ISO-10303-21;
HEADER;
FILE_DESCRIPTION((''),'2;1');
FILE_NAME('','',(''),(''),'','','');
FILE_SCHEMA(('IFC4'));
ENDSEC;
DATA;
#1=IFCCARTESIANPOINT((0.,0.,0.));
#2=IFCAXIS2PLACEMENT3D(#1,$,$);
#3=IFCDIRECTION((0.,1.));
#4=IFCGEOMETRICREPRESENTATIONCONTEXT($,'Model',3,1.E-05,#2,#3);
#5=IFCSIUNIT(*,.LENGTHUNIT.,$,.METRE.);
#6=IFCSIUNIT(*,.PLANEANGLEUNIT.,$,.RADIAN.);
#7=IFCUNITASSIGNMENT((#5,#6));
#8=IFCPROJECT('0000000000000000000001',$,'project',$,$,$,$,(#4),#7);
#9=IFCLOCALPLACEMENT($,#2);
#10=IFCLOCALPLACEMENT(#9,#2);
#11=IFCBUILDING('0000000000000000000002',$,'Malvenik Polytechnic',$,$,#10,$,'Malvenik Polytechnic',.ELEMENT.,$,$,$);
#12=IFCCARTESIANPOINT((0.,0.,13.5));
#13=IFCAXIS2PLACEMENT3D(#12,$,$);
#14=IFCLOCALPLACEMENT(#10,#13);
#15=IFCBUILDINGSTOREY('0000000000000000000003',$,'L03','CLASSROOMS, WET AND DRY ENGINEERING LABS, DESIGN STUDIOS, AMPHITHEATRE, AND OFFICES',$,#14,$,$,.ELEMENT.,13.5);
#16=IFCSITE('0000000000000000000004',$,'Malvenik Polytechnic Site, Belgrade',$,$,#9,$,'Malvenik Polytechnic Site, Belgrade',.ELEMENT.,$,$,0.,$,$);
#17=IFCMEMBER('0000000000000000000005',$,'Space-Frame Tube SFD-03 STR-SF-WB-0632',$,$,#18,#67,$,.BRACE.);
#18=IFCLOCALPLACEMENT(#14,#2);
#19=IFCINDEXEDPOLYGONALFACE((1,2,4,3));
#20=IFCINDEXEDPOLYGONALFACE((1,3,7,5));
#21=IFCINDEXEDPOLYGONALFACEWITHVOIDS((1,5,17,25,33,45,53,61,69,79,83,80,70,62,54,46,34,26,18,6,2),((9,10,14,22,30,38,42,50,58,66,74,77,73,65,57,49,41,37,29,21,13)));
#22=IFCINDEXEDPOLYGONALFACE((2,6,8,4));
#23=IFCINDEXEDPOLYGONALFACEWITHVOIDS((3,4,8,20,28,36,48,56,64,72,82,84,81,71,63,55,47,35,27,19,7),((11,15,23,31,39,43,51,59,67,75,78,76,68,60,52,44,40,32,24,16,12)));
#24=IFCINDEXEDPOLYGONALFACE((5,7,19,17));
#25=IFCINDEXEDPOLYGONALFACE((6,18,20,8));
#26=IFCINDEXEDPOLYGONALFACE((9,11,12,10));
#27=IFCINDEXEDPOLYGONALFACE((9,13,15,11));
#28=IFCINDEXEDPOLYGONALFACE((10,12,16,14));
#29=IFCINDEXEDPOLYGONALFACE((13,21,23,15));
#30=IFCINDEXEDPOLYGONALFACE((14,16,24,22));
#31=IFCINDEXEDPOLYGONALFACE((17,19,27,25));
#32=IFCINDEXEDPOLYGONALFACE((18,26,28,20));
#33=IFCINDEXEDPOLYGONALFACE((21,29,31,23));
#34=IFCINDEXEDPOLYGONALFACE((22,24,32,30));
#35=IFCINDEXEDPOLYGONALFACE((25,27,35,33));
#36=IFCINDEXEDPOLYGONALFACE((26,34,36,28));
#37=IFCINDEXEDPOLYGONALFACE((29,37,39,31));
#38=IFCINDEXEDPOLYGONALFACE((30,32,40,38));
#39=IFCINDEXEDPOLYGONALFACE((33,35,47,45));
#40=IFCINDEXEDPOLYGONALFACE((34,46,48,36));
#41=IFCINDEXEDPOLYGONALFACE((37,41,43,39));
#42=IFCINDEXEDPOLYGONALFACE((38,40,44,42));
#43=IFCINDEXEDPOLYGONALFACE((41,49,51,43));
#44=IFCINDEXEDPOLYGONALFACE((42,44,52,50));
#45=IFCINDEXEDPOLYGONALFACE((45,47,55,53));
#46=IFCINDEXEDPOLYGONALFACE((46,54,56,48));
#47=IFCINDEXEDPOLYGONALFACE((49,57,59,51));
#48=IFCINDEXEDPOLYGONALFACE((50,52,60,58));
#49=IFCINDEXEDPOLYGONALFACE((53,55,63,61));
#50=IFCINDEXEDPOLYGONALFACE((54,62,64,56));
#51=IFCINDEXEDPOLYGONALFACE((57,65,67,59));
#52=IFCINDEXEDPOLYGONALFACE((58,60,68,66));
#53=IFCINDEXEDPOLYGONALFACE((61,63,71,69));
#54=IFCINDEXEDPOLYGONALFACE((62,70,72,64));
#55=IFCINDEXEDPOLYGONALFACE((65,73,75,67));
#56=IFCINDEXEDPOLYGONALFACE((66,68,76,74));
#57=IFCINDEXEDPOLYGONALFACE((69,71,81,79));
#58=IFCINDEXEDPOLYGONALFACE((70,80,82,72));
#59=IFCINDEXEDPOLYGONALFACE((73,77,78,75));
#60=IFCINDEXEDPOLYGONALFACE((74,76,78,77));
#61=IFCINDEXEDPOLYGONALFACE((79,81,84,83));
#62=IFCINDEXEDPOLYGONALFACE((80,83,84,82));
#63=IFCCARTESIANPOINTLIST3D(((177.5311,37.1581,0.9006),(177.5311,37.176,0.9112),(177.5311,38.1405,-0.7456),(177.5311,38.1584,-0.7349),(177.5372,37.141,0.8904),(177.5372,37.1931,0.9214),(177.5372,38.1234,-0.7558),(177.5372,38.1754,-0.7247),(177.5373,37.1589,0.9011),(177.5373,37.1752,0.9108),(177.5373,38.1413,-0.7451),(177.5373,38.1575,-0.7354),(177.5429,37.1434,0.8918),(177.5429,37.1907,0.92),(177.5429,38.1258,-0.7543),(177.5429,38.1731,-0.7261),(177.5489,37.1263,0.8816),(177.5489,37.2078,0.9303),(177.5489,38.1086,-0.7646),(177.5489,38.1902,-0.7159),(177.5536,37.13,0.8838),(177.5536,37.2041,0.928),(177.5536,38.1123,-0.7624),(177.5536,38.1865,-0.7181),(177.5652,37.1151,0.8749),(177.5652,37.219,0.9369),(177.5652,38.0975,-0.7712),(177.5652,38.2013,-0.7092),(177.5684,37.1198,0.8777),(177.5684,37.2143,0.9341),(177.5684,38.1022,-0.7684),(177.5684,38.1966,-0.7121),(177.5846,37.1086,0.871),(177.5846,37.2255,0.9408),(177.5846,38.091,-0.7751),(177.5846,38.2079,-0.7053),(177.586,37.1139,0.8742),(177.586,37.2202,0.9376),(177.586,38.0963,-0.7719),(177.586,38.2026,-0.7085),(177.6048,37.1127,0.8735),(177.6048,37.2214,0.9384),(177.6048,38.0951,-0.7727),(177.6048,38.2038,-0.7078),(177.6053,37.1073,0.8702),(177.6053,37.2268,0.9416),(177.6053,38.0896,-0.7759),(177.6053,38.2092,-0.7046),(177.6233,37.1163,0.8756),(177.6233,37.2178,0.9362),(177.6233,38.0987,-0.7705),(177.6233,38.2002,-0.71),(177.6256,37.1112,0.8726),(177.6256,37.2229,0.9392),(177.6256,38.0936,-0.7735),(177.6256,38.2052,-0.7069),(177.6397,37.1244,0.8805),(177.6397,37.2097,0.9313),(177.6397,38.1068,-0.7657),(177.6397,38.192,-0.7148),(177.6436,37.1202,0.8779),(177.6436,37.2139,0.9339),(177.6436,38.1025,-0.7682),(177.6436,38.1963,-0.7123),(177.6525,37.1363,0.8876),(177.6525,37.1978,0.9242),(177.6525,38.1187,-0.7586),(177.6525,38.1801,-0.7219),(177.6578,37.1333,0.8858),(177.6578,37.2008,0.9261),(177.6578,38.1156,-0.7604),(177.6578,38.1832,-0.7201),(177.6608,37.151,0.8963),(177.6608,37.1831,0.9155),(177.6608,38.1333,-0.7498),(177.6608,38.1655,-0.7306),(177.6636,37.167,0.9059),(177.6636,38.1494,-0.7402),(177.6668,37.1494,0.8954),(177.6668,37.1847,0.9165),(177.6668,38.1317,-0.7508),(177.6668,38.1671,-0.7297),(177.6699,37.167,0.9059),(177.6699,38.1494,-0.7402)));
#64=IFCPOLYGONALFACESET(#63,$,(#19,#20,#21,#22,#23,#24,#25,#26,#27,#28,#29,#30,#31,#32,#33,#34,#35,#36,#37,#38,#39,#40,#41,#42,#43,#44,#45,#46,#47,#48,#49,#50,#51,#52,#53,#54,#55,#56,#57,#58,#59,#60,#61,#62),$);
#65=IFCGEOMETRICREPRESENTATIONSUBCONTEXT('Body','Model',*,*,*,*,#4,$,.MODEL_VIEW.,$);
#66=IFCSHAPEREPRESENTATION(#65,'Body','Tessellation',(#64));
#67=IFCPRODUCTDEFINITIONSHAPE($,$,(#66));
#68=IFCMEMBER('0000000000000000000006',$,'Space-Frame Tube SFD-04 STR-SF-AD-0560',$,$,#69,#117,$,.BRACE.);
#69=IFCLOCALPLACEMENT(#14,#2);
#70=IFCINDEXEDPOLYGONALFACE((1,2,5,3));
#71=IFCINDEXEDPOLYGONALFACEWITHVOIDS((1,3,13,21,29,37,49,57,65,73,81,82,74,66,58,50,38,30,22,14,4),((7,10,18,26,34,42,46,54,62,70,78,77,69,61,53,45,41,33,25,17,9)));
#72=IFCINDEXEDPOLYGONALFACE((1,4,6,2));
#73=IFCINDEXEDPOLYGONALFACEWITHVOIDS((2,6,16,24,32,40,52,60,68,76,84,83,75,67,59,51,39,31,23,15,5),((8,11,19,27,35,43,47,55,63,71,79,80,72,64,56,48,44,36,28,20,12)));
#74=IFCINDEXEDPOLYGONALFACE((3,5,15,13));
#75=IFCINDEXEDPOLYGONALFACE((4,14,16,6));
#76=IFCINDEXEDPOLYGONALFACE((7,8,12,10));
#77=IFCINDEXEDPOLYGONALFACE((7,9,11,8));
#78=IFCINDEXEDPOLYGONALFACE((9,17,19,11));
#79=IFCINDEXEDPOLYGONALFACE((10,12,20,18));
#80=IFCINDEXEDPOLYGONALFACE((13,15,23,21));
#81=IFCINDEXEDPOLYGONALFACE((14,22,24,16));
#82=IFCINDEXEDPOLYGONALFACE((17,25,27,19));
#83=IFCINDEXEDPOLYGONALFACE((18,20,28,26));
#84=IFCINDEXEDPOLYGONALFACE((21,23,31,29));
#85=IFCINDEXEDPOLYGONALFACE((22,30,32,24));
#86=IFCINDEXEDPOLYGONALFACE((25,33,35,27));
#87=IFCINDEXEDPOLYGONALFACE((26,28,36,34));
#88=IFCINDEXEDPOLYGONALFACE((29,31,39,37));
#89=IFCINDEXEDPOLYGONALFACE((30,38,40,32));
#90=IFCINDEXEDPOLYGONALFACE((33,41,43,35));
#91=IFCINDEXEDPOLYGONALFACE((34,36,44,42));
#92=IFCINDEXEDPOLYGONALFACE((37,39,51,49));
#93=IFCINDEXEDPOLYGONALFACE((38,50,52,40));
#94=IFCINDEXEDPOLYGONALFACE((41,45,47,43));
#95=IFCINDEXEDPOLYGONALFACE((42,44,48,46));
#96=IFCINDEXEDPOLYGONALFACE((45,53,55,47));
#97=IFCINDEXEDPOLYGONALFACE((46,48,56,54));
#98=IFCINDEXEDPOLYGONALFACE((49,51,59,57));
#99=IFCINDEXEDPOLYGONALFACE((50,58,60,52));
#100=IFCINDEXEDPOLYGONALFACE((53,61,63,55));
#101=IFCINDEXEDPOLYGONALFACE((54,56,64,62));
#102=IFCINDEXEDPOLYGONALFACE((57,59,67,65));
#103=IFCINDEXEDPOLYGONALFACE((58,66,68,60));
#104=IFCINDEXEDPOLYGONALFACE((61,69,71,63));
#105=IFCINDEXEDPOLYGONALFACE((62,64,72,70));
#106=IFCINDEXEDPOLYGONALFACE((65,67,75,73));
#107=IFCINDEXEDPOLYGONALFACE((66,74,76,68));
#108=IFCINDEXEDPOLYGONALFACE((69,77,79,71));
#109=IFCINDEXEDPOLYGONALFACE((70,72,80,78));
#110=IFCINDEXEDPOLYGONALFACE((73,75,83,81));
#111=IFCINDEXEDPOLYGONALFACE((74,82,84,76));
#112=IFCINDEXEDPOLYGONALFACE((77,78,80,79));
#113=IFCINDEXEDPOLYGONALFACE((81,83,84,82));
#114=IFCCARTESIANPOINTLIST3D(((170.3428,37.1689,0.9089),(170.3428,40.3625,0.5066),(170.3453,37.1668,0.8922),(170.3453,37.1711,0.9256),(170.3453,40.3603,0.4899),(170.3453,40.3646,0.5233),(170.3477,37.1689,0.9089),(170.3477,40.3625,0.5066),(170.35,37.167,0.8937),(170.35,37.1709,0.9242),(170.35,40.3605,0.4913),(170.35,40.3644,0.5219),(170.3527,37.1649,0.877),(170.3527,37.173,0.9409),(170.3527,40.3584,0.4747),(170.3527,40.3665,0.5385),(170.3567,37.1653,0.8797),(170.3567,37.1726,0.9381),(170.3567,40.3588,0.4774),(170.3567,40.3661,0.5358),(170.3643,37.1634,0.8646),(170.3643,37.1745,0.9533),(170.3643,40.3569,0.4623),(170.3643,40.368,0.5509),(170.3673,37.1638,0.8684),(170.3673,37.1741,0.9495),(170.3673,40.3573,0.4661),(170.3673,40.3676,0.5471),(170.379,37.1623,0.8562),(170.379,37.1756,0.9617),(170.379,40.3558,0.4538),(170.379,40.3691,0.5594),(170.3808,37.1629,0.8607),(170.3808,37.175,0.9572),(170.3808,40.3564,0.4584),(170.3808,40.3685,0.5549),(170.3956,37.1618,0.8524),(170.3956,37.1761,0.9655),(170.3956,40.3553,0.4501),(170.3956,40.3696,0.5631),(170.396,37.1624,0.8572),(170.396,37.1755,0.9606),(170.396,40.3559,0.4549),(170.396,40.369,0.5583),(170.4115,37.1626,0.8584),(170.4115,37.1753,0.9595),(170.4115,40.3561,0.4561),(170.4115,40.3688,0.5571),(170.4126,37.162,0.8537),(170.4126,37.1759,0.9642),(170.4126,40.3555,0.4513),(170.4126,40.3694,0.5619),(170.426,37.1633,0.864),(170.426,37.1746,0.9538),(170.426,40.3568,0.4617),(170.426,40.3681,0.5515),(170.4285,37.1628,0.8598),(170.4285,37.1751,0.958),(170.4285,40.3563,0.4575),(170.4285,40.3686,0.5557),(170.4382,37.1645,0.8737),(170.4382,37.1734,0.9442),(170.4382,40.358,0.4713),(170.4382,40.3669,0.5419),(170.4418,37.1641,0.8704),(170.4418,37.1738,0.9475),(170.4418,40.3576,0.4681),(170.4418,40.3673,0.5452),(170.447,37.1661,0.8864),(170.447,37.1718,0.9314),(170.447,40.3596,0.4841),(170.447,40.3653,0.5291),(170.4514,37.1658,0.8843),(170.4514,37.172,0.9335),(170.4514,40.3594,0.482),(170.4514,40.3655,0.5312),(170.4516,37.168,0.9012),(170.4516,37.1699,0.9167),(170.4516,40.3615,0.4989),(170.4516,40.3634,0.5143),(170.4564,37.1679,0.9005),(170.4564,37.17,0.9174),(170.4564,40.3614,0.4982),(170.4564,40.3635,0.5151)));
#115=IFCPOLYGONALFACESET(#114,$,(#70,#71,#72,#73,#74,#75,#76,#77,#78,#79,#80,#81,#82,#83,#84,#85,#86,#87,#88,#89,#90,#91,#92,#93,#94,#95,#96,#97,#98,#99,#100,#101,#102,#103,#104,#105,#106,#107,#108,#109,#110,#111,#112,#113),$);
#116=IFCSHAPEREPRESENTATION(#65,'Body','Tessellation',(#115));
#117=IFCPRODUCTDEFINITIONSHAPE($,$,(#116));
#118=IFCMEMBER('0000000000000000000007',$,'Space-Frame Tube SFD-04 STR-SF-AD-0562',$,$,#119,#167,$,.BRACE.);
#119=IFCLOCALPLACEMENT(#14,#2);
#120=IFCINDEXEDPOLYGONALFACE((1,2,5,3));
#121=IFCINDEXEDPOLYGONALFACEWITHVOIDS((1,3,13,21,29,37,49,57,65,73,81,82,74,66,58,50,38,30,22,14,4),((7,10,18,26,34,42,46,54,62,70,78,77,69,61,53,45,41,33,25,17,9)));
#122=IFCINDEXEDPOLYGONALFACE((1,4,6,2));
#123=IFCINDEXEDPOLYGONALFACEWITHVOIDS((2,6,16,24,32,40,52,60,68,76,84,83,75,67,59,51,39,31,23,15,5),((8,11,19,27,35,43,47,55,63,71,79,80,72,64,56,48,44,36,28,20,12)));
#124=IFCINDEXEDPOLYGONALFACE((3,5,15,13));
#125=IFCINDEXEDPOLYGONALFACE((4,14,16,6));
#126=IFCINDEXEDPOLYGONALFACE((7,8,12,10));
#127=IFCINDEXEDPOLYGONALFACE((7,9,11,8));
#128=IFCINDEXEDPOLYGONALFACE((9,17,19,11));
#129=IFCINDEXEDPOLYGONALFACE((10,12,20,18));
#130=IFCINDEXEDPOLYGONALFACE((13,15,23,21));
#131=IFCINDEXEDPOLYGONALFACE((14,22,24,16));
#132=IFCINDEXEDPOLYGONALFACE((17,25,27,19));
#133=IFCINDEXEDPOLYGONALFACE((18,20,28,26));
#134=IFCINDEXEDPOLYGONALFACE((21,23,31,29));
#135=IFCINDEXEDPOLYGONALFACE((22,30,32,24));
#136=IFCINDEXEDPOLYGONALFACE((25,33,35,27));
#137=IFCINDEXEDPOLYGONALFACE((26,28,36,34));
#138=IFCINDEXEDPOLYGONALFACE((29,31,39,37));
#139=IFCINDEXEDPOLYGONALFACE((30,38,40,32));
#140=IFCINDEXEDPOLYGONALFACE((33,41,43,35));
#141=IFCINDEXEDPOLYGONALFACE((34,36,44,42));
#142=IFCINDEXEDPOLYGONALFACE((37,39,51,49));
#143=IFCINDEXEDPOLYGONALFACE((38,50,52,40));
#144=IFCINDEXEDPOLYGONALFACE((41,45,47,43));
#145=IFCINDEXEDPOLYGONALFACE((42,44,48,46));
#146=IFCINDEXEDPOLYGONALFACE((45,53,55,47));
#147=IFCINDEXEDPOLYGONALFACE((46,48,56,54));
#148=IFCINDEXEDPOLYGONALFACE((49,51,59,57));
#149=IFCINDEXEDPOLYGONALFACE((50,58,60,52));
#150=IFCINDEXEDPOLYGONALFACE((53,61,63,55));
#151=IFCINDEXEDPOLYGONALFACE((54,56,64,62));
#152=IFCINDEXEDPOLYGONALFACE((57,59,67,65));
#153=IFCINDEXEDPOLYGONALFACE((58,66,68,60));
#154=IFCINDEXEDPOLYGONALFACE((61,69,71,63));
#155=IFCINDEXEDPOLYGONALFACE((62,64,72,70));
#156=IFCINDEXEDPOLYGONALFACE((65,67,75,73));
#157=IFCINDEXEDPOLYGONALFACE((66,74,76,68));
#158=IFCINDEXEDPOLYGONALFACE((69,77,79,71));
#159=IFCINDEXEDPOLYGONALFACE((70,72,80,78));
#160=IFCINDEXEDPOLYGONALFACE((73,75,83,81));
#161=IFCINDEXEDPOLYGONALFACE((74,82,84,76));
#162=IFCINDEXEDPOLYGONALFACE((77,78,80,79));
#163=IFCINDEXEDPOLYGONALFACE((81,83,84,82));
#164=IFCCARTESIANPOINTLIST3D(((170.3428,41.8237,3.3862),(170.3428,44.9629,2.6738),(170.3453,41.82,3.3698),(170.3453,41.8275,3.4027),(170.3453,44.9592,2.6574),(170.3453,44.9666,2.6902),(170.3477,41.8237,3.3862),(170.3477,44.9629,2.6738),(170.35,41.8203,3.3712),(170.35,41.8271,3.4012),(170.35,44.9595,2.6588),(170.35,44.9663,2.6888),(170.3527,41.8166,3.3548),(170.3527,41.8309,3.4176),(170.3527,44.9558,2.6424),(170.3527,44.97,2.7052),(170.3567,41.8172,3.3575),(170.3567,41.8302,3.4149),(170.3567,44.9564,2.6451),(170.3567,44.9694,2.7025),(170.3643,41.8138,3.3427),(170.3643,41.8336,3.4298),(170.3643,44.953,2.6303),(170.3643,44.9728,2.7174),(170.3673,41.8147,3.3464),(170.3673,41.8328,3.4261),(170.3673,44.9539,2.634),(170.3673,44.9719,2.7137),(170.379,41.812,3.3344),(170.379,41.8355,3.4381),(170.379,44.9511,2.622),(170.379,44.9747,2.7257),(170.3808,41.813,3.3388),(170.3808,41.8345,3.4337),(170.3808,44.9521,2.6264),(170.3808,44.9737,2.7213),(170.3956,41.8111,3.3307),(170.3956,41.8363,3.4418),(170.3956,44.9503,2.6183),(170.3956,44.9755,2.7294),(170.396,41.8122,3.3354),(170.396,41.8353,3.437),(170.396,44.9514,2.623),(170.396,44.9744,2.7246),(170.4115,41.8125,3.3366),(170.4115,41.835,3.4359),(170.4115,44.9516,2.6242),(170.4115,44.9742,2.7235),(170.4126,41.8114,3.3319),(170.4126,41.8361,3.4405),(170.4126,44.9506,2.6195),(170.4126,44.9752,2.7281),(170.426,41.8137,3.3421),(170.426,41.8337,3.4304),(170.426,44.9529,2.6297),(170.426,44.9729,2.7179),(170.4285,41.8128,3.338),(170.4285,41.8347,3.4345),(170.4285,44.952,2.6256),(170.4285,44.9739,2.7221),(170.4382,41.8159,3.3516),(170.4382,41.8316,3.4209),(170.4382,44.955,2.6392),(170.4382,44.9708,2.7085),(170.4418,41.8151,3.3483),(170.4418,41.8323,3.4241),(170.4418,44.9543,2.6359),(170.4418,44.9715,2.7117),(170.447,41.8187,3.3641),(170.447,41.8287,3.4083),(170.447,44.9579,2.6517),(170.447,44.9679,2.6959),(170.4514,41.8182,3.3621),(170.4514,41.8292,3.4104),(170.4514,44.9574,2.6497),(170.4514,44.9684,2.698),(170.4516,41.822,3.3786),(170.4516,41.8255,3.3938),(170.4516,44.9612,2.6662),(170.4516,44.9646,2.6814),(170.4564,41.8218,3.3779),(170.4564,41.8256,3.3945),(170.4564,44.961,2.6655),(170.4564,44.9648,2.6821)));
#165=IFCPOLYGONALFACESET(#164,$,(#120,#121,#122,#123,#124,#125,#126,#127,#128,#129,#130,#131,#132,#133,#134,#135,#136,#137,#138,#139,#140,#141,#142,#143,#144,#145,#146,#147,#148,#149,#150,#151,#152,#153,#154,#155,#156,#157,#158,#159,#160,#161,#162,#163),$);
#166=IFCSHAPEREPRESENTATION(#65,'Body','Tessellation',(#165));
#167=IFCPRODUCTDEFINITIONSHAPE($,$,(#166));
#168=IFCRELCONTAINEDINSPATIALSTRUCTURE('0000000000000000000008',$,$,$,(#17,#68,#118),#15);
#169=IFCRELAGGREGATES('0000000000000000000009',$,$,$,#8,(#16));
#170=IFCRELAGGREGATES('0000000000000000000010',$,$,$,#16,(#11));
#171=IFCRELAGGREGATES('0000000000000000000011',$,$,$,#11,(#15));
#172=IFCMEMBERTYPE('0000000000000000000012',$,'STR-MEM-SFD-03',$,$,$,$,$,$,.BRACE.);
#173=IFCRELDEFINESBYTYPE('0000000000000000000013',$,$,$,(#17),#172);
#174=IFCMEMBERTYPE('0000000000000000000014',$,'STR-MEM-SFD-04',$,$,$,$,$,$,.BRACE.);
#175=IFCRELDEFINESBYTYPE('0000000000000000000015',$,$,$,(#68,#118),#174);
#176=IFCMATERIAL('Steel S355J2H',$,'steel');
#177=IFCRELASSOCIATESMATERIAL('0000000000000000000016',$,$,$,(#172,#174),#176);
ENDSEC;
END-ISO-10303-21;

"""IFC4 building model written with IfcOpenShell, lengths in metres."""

from ifc_helpers import new_model, si_unit, direction, frame, origin, origin_2d, place, context, subcontext, project, spatial, hollow_circle, extrude, material, material_profile, profile_set, type_object, element, save


model = new_model("IFC4")

# Units and contexts
model_context = context("Model", 3, precision=1e-05, world=origin(), true_north=direction((0.0, 1.0)))
body_context = subcontext(model_context, "Body", "Model", "MODEL_VIEW")
ifc_project = project(units=[si_unit("LENGTHUNIT", "METRE"), si_unit("PLANEANGLEUNIT", "RADIAN")], contexts=[model_context])

# Site, building, storey
site_placement = place(None, origin())
site = spatial("IfcSite", under=ifc_project, at=site_placement, Name="Malvenik Polytechnic Site, Belgrade", LongName="Malvenik Polytechnic Site, Belgrade", CompositionType="ELEMENT", RefElevation=0.0)
building_placement = place(site_placement, origin())
building = spatial("IfcBuilding", under=site, at=building_placement, Name="Malvenik Polytechnic", LongName="Malvenik Polytechnic", CompositionType="ELEMENT")
storey_placement = place(building_placement, frame((0.0, 0.0, 13.5)))
storey = spatial("IfcBuildingStorey", under=building, at=storey_placement, Name="L03", Description="CLASSROOMS, WET AND DRY ENGINEERING LABS, DESIGN STUDIOS, AMPHITHEATRE, AND OFFICES", CompositionType="ELEMENT", Elevation=13.5)

# Members
ifc_material_1 = material(Name="Steel S355J2H", Category="steel")
ifc_material_profile_1 = material_profile(ifc_material_1, hollow_circle(Radius=0.0698, WallThickness=0.0063, at=origin_2d()), Name="CHS 139.7x6.3")
ifc_profile_set_1 = profile_set([ifc_material_profile_1], Name="Steel S355J2H")
member_type_1 = type_object("IfcMemberType", Name="STR-MEM-SFD-03", PredefinedType="BRACE", material=ifc_profile_set_1)
for number, where, z_axis, x_axis, name in (
    (1, (177.6001, 38.1494, -0.7402), (0.0, -0.512453, 0.858715), (1.0, 0.0, 0.0), "Space-Frame Tube SFD-03 STR-SF-WB-0632"),
):
    element("IfcMember", number, at=place(storey_placement, frame(where, z_axis=z_axis, x_axis=x_axis)), inside=storey, type_object=member_type_1, Name=name, PredefinedType="BRACE", context=body_context, shape_type="SweptSolid", body=[
        extrude(hollow_circle(Radius=0.0698, WallThickness=0.0063, at=origin_2d()), origin(), (0.0, 0.0, 1.0), 1.917),
    ])
ifc_material_profile_2 = material_profile(ifc_material_1, hollow_circle(Radius=0.0571, WallThickness=0.0049, at=origin_2d()), Name="CHS 114.3x5.0")
ifc_profile_set_2 = profile_set([ifc_material_profile_2], Name="Steel S355J2H")
member_type_2 = type_object("IfcMemberType", Name="STR-MEM-SFD-04", PredefinedType="BRACE", material=ifc_profile_set_2)
member_1_placement = place(storey_placement, frame((170.3999, 37.1689, 0.9089), z_axis=(0.0, 0.992157, -0.124996), x_axis=(-1.0, 0.0, 0.0)))
element("IfcMember", 2, at=member_1_placement, inside=storey, type_object=member_type_2, Name="Space-Frame Tube SFD-04 STR-SF-AD-0560", PredefinedType="BRACE", context=body_context, shape_type="SweptSolid", body=[
    extrude(hollow_circle(Radius=0.0571, WallThickness=0.0049, at=origin_2d()), origin(), (0.0, 0.0, 1.0), 3.2188),
])
member_2_placement = place(storey_placement, frame((170.3999, 41.8237, 3.3862), z_axis=(0.0, 0.975203, -0.221313), x_axis=(-1.0, 0.0, 0.0)))
element("IfcMember", 3, at=member_2_placement, inside=storey, type_object=member_type_2, Name="Space-Frame Tube SFD-04 STR-SF-AD-0562", PredefinedType="BRACE", context=body_context, shape_type="SweptSolid", body=[
    extrude(hollow_circle(Radius=0.0571, WallThickness=0.0049, at=origin_2d()), origin(), (0.0, 0.0, 1.0), 3.219),
])

save(model, "model.ifc")
